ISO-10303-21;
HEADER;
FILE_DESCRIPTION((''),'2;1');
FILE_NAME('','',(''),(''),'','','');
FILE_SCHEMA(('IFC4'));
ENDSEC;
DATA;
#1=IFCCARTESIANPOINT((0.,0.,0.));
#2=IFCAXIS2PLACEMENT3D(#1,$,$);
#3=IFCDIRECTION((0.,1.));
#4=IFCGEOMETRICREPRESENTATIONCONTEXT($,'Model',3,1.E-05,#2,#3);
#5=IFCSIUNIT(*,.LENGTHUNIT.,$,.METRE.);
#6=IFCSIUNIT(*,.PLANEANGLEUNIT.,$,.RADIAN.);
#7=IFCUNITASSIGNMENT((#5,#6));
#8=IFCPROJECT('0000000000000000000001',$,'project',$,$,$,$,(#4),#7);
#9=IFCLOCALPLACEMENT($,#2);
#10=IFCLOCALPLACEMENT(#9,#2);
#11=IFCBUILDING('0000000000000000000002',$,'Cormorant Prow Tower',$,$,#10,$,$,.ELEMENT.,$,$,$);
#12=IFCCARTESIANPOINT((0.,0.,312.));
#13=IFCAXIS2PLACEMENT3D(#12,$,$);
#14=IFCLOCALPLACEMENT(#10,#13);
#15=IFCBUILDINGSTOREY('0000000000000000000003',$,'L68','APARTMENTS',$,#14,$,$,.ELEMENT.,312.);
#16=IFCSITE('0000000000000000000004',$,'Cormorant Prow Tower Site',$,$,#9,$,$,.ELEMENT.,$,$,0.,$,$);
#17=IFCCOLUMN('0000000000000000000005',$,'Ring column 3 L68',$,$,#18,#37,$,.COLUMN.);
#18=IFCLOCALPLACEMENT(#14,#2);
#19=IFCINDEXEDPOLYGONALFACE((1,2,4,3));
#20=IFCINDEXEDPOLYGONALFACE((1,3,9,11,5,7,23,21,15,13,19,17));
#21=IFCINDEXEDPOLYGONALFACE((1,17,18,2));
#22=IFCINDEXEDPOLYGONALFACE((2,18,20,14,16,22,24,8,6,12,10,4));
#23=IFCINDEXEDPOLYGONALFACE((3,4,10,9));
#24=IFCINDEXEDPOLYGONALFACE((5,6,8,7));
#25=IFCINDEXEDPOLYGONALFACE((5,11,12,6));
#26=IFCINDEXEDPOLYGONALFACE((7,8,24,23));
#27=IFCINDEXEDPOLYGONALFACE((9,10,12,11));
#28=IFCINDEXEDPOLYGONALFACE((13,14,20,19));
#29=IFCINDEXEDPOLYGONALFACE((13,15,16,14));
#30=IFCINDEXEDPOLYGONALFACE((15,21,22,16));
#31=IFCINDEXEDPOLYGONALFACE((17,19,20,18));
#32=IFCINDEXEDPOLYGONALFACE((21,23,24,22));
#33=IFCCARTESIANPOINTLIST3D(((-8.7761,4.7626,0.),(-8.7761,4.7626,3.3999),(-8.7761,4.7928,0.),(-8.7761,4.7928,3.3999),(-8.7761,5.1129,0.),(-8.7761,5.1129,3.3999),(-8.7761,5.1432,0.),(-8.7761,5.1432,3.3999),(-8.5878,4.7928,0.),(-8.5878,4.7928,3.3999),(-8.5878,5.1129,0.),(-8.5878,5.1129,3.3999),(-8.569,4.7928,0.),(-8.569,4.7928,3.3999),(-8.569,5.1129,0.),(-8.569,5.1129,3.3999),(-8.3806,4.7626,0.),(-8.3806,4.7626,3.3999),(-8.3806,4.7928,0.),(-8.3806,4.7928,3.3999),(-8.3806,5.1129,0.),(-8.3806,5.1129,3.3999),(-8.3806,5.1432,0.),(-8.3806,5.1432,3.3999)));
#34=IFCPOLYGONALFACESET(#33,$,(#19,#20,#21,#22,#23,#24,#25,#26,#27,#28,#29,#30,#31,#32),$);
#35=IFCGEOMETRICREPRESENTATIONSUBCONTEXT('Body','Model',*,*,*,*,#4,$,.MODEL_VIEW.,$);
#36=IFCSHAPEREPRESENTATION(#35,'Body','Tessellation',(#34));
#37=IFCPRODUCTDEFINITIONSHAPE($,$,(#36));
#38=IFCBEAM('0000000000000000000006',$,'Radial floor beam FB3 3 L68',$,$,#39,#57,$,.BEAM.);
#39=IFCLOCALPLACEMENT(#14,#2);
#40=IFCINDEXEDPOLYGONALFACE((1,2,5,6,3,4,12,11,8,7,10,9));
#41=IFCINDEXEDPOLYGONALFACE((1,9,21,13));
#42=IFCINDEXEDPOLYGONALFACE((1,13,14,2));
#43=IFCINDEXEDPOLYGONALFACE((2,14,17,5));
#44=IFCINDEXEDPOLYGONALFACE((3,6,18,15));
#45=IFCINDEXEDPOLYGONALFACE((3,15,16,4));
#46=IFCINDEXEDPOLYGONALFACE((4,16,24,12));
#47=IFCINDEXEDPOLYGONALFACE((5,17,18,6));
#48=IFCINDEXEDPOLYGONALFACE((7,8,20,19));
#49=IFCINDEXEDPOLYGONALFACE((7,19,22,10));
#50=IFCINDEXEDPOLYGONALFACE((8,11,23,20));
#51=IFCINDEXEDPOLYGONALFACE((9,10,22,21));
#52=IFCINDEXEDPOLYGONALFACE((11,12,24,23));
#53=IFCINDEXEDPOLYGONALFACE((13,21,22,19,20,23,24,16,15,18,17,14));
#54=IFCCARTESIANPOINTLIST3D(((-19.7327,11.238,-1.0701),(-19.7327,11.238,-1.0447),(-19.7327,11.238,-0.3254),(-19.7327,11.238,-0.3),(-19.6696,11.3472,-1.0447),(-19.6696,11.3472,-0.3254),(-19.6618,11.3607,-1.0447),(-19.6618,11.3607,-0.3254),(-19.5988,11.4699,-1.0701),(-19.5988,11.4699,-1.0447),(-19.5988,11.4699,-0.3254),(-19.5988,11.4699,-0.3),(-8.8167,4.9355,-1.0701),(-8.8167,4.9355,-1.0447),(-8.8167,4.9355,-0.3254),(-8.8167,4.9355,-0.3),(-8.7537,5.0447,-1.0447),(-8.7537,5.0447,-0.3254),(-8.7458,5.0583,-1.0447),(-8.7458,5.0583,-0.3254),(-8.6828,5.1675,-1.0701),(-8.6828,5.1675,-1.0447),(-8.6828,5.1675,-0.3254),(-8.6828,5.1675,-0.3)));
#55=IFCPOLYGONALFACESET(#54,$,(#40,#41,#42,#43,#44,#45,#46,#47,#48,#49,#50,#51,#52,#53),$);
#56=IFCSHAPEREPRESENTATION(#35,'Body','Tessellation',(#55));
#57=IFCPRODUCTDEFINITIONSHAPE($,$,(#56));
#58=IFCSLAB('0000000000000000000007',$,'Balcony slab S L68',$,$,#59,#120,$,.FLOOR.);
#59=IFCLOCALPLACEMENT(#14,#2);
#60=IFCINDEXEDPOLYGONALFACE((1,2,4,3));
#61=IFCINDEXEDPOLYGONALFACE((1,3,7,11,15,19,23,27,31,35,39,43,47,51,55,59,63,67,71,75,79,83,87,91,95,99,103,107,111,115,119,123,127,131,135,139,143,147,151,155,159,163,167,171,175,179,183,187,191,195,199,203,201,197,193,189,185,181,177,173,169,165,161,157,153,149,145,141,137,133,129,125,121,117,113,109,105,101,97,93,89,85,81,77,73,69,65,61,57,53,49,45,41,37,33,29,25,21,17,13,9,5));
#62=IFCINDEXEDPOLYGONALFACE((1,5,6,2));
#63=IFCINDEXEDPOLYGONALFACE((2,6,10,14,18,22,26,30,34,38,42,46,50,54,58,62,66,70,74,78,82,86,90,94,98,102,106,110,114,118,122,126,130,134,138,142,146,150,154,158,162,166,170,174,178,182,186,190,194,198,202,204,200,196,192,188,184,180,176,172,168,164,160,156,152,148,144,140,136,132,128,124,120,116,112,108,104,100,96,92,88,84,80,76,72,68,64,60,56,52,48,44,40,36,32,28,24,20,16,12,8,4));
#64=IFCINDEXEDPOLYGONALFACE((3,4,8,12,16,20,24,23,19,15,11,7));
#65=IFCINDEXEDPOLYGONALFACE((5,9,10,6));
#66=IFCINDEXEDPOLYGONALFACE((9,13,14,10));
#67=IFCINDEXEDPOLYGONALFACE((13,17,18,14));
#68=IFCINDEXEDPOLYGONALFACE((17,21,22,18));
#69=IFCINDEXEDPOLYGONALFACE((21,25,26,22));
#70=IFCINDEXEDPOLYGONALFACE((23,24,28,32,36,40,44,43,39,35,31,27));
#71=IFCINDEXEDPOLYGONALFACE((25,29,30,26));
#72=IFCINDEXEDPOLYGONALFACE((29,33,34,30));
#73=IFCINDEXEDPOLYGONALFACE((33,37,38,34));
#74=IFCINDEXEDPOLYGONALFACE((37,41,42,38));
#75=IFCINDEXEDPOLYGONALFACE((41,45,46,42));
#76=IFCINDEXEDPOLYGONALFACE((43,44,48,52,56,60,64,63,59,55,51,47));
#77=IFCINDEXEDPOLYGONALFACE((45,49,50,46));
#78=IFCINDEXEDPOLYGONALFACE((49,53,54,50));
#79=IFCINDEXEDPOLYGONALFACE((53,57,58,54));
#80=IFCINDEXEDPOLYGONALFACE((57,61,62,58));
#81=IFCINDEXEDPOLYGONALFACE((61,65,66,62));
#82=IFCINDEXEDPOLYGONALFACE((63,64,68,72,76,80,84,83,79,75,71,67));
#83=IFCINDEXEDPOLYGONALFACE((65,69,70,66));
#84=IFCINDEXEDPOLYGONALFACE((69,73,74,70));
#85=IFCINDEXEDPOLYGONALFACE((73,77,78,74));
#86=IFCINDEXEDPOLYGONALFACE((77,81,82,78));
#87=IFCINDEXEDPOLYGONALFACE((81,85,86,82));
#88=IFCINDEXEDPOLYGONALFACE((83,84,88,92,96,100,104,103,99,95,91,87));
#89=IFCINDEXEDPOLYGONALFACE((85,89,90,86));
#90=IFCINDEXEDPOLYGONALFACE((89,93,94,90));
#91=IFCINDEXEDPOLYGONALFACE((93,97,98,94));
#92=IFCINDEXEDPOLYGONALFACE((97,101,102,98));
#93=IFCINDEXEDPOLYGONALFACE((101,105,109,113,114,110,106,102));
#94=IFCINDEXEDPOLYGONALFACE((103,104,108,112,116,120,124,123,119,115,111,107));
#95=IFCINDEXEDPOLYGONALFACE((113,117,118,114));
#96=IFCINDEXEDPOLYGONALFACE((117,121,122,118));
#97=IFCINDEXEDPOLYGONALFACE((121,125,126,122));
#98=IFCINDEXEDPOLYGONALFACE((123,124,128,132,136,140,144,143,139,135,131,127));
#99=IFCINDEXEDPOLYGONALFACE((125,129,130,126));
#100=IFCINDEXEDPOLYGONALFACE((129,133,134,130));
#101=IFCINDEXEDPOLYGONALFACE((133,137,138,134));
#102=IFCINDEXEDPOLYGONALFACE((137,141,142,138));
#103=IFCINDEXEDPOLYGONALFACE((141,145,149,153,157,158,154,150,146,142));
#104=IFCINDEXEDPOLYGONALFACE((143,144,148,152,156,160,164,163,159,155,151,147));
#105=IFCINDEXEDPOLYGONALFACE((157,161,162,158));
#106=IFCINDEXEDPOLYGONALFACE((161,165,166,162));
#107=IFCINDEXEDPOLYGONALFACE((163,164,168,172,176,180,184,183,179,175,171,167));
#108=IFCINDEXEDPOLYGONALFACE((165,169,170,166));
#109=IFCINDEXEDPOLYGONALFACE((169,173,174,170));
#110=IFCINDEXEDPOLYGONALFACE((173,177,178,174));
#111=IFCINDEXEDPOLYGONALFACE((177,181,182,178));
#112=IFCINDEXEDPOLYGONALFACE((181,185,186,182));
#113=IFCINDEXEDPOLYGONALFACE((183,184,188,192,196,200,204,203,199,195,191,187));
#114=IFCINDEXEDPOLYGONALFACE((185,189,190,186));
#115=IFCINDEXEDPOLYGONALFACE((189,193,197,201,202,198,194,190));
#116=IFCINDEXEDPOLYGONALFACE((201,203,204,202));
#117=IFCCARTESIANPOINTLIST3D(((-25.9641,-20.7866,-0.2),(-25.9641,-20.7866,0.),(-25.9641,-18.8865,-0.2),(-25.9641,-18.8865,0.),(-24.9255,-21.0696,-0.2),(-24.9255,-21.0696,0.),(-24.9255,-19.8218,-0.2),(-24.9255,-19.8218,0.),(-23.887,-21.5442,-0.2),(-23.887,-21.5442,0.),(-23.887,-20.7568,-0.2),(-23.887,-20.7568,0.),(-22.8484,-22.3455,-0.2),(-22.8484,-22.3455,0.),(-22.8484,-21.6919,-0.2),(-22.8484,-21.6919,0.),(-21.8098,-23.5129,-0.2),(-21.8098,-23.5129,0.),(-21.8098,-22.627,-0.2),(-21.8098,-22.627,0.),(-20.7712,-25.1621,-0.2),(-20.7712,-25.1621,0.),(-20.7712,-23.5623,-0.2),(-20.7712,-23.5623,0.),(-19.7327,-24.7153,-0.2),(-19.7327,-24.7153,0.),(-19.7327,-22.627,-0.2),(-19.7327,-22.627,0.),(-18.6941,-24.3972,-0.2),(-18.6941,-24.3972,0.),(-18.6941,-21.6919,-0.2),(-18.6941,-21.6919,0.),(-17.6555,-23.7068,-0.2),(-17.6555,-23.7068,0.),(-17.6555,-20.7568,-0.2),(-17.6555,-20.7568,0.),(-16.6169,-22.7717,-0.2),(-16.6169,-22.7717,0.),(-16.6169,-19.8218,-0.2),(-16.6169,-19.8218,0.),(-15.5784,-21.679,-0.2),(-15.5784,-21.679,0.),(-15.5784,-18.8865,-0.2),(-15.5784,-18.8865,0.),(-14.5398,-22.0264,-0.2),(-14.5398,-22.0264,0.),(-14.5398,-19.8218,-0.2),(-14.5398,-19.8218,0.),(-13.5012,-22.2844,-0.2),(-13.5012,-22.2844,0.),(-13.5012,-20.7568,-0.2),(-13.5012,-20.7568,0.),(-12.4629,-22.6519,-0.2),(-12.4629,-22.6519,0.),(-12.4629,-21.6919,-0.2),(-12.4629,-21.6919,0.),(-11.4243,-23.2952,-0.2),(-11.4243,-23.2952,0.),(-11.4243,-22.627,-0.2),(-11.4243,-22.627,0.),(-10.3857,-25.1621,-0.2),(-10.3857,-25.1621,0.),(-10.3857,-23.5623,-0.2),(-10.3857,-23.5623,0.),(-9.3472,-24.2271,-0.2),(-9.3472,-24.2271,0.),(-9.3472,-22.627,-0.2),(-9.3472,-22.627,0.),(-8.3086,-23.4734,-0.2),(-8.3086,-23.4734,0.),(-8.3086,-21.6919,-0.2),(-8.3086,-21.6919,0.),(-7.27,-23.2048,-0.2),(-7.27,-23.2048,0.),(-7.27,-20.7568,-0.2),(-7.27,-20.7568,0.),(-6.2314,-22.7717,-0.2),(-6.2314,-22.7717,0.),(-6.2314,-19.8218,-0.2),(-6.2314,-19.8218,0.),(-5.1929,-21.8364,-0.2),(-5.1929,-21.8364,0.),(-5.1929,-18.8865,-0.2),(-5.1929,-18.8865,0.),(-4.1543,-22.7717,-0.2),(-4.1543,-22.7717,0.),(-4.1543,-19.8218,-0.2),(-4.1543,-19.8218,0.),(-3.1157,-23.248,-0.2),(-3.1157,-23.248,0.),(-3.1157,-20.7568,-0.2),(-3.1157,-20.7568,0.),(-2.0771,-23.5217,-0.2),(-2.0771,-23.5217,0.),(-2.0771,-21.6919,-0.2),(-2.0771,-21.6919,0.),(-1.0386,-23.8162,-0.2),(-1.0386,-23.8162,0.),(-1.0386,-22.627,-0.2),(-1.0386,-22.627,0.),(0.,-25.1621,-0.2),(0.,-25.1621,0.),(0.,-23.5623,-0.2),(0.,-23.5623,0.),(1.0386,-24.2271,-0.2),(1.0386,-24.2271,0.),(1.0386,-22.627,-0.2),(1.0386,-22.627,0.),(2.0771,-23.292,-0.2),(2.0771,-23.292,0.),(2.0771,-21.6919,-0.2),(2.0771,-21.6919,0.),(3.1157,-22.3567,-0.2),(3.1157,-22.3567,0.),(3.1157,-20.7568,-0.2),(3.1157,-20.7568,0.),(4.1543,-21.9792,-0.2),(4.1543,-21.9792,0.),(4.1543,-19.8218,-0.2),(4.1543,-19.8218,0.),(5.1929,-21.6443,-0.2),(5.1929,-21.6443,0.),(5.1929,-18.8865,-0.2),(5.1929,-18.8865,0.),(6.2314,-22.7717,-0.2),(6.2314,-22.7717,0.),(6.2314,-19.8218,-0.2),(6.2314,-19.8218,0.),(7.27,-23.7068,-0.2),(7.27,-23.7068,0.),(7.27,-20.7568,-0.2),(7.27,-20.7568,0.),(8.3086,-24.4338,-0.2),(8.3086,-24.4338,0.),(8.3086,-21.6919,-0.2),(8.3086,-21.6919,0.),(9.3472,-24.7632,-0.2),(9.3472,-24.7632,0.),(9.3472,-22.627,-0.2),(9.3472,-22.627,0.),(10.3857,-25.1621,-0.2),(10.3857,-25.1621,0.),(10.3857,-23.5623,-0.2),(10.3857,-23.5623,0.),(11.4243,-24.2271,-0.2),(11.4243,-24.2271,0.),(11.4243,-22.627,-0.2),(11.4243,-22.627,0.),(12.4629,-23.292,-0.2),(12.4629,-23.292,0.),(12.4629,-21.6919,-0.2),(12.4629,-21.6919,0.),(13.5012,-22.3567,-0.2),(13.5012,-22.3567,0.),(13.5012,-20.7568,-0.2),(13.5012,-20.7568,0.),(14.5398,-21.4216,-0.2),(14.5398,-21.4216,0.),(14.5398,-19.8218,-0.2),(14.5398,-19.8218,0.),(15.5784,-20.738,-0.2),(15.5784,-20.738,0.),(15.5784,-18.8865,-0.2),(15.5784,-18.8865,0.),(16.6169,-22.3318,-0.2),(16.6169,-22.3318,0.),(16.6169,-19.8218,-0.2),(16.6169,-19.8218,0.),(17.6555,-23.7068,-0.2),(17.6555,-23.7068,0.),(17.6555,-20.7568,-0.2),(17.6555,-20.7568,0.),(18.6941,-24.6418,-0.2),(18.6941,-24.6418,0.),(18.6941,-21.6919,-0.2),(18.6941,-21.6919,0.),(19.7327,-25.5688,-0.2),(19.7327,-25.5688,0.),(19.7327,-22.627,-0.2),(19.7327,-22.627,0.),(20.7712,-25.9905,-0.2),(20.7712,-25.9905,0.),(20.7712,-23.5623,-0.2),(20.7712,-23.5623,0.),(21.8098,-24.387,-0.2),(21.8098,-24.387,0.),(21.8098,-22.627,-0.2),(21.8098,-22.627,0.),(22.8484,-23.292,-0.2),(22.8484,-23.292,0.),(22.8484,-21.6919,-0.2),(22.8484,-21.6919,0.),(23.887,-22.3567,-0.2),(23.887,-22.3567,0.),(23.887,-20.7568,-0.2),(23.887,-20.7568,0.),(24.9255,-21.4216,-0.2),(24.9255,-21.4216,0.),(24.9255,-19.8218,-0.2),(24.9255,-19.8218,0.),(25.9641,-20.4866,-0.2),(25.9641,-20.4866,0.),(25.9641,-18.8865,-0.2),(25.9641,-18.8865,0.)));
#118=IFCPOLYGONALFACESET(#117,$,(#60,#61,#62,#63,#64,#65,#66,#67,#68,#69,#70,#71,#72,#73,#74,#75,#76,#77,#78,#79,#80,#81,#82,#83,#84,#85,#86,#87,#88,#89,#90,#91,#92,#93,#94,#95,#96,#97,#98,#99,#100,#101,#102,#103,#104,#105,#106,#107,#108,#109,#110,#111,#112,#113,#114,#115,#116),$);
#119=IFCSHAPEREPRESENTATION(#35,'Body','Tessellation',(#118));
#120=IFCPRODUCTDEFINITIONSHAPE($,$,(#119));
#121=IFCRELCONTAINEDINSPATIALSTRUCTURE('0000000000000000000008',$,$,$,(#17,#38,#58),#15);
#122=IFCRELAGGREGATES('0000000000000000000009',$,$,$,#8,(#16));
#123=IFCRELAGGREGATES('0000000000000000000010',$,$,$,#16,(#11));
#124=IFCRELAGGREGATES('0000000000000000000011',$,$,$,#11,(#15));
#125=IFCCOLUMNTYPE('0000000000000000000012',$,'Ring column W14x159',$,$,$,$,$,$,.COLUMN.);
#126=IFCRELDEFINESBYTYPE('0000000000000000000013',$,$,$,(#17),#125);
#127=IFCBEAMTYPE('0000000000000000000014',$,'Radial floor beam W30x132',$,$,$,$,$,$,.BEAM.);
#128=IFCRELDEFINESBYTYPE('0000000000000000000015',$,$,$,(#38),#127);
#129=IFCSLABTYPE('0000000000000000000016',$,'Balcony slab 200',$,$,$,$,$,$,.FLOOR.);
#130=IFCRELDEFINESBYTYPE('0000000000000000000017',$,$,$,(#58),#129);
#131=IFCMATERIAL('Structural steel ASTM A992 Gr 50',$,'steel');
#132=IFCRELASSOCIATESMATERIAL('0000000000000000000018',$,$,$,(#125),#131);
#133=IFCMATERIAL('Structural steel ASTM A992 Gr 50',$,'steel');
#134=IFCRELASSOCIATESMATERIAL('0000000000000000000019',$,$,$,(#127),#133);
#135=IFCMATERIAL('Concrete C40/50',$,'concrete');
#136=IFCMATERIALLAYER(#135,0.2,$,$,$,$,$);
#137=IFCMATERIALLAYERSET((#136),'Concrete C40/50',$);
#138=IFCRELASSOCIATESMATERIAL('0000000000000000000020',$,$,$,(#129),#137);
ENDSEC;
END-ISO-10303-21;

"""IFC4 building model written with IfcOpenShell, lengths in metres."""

from ifc_helpers import new_model, si_unit, direction, frame, origin, origin_2d, place, context, subcontext, project, spatial, polyline, i_section, outline, extrude, material, layer, layer_set, material_profile, profile_set, type_object, element, save


model = new_model("IFC4")

# Units and contexts
model_context = context("Model", 3, precision=1e-05, world=origin(), true_north=direction((0.0, 1.0)))
body_context = subcontext(model_context, "Body", "Model", "MODEL_VIEW")
ifc_project = project(units=[si_unit("LENGTHUNIT", "METRE"), si_unit("PLANEANGLEUNIT", "RADIAN")], contexts=[model_context])

# Site, building, storey
site_placement = place(None, origin())
site = spatial("IfcSite", under=ifc_project, at=site_placement, Name="Cormorant Prow Tower Site", CompositionType="ELEMENT", RefElevation=0.0)
building_placement = place(site_placement, origin())
building = spatial("IfcBuilding", under=site, at=building_placement, Name="Cormorant Prow Tower", CompositionType="ELEMENT")
storey_placement = place(building_placement, frame((0.0, 0.0, 312.0)))
storey = spatial("IfcBuildingStorey", under=building, at=storey_placement, Name="L68", Description="APARTMENTS", CompositionType="ELEMENT", Elevation=312.0)

# Column
ifc_material_1 = material(Name="Structural steel ASTM A992 Gr 50", Category="steel")
ifc_material_profile_1 = material_profile(ifc_material_1, i_section(OverallWidth=0.3955, OverallDepth=0.3806, WebThickness=0.0188, FlangeThickness=0.0303, at=origin_2d()), Name="W14x159")
ifc_profile_set_1 = profile_set([ifc_material_profile_1], Name="Structural steel ASTM A992 Gr 50")
column_type = type_object("IfcColumnType", Name="Ring column W14x159", PredefinedType="COLUMN", material=ifc_profile_set_1)
column_placement = place(storey_placement, frame((-8.5784, 4.9529, 0.0), z_axis=(0.0, 0.0, 1.0), x_axis=(1.0, 0.0, 0.0)))
element("IfcColumn", 1, at=column_placement, inside=storey, type_object=column_type, Name="Ring column 3 L68", PredefinedType="COLUMN", context=body_context, shape_type="SweptSolid", body=[
    extrude(i_section(OverallWidth=0.3955, OverallDepth=0.3806, WebThickness=0.0188, FlangeThickness=0.0303, at=origin_2d()), origin(), (0.0, 0.0, 1.0), 3.3999),
])

# Beam
ifc_material_2 = material(Name="Structural steel ASTM A992 Gr 50", Category="steel")
ifc_material_profile_2 = material_profile(ifc_material_2, i_section(OverallWidth=0.2678, OverallDepth=0.77, WebThickness=0.0156, FlangeThickness=0.0254, at=origin_2d()), Name="W30x132")
ifc_profile_set_2 = profile_set([ifc_material_profile_2], Name="Structural steel ASTM A992 Gr 50")
beam_type = type_object("IfcBeamType", Name="Radial floor beam W30x132", PredefinedType="BEAM", material=ifc_profile_set_2)
beam_placement = place(storey_placement, frame((-8.7498, 5.0515, -0.6851), z_axis=(-0.866021, 0.500007, 0.0), x_axis=(-0.500007, -0.866021, 0.0)))
element("IfcBeam", 2, at=beam_placement, inside=storey, type_object=beam_type, Name="Radial floor beam FB3 3 L68", PredefinedType="BEAM", context=body_context, shape_type="SweptSolid", body=[
    extrude(i_section(OverallWidth=0.2678, OverallDepth=0.77, WebThickness=0.0156, FlangeThickness=0.0254, at=origin_2d()), origin(), (0.0, 0.0, 1.0), 12.6047),
])

# Slab
ifc_material_3 = material(Name="Concrete C40/50", Category="concrete")
ifc_layer_1 = layer(ifc_material_3, 0.2)
ifc_layer_set_1 = layer_set([ifc_layer_1], Name="Concrete C40/50")
slab_type_1 = type_object("IfcSlabType", Name="Balcony slab 200", PredefinedType="FLOOR", material=ifc_layer_set_1)
slab_1_placement = place(storey_placement, frame((0.0, 0.0, -0.2)))
element("IfcSlab", 3, at=slab_1_placement, inside=storey, type_object=slab_type_1, Name="Balcony slab S L68", PredefinedType="FLOOR", context=body_context, shape_type="SweptSolid", body=[
    extrude(outline(polyline([(-25.9641, -18.8865), (-25.9641, -20.7866), (-24.9255, -21.0696), (-23.887, -21.5442), (-22.8484, -22.3455), (-21.8098, -23.5129), (-20.7712, -25.1621), (-19.7327, -24.7153), (-18.6941, -24.3972), (-17.6555, -23.7068), (-16.6169, -22.7717), (-15.5784, -21.679), (-14.5398, -22.0264), (-13.5012, -22.2844), (-12.4629, -22.6519), (-11.4243, -23.2952), (-10.3857, -25.1621), (-9.3472, -24.2271), (-8.3086, -23.4734), (-7.27, -23.2048), (-6.2314, -22.7717), (-5.1929, -21.8364), (-4.1543, -22.7717), (-3.1157, -23.248), (-2.0771, -23.5217), (-1.0386, -23.8162), (0.0, -25.1621), (1.0386, -24.2271), (2.0771, -23.292), (3.1157, -22.3567), (4.1543, -21.9792), (5.1929, -21.6443), (6.2314, -22.7717), (7.27, -23.7068), (8.3086, -24.4338), (9.3472, -24.7632), (10.3857, -25.1621), (11.4243, -24.2271), (12.4629, -23.292), (13.5012, -22.3567), (14.5398, -21.4216), (15.5784, -20.738), (16.6169, -22.3318), (17.6555, -23.7068), (18.6941, -24.6418), (19.7327, -25.5688), (20.7712, -25.9905), (21.8098, -24.387), (22.8484, -23.292), (23.887, -22.3567), (24.9255, -21.4216), (25.9641, -20.4866), (25.9641, -18.8865), (24.9255, -19.8218), (23.887, -20.7568), (22.8484, -21.6919), (21.8098, -22.627), (20.7712, -23.5623), (19.7327, -22.627), (18.6941, -21.6919), (17.6555, -20.7568), (16.6169, -19.8218), (15.5784, -18.8865), (14.5398, -19.8218), (13.5012, -20.7568), (12.4629, -21.6919), (11.4243, -22.627), (10.3857, -23.5623), (9.3472, -22.627), (8.3086, -21.6919), (7.27, -20.7568), (6.2314, -19.8218), (5.1929, -18.8865), (4.1543, -19.8218), (3.1157, -20.7568), (2.0771, -21.6919), (1.0386, -22.627), (0.0, -23.5623), (-1.0386, -22.627), (-2.0771, -21.6919), (-3.1157, -20.7568), (-4.1543, -19.8218), (-5.1929, -18.8865), (-6.2314, -19.8218), (-7.27, -20.7568), (-8.3086, -21.6919), (-9.3472, -22.627), (-10.3857, -23.5623), (-11.4243, -22.627), (-12.4629, -21.6919), (-13.5012, -20.7568), (-14.5398, -19.8218), (-15.5784, -18.8865), (-16.6169, -19.8218), (-17.6555, -20.7568), (-18.6941, -21.6919), (-19.7327, -22.627), (-20.7712, -23.5623), (-21.8098, -22.627), (-22.8484, -21.6919), (-23.887, -20.7568), (-24.9255, -19.8218), (-25.9641, -18.8865)])), origin(), (0.0, 0.0, 1.0), 0.2),
])

save(model, "model.ifc")
